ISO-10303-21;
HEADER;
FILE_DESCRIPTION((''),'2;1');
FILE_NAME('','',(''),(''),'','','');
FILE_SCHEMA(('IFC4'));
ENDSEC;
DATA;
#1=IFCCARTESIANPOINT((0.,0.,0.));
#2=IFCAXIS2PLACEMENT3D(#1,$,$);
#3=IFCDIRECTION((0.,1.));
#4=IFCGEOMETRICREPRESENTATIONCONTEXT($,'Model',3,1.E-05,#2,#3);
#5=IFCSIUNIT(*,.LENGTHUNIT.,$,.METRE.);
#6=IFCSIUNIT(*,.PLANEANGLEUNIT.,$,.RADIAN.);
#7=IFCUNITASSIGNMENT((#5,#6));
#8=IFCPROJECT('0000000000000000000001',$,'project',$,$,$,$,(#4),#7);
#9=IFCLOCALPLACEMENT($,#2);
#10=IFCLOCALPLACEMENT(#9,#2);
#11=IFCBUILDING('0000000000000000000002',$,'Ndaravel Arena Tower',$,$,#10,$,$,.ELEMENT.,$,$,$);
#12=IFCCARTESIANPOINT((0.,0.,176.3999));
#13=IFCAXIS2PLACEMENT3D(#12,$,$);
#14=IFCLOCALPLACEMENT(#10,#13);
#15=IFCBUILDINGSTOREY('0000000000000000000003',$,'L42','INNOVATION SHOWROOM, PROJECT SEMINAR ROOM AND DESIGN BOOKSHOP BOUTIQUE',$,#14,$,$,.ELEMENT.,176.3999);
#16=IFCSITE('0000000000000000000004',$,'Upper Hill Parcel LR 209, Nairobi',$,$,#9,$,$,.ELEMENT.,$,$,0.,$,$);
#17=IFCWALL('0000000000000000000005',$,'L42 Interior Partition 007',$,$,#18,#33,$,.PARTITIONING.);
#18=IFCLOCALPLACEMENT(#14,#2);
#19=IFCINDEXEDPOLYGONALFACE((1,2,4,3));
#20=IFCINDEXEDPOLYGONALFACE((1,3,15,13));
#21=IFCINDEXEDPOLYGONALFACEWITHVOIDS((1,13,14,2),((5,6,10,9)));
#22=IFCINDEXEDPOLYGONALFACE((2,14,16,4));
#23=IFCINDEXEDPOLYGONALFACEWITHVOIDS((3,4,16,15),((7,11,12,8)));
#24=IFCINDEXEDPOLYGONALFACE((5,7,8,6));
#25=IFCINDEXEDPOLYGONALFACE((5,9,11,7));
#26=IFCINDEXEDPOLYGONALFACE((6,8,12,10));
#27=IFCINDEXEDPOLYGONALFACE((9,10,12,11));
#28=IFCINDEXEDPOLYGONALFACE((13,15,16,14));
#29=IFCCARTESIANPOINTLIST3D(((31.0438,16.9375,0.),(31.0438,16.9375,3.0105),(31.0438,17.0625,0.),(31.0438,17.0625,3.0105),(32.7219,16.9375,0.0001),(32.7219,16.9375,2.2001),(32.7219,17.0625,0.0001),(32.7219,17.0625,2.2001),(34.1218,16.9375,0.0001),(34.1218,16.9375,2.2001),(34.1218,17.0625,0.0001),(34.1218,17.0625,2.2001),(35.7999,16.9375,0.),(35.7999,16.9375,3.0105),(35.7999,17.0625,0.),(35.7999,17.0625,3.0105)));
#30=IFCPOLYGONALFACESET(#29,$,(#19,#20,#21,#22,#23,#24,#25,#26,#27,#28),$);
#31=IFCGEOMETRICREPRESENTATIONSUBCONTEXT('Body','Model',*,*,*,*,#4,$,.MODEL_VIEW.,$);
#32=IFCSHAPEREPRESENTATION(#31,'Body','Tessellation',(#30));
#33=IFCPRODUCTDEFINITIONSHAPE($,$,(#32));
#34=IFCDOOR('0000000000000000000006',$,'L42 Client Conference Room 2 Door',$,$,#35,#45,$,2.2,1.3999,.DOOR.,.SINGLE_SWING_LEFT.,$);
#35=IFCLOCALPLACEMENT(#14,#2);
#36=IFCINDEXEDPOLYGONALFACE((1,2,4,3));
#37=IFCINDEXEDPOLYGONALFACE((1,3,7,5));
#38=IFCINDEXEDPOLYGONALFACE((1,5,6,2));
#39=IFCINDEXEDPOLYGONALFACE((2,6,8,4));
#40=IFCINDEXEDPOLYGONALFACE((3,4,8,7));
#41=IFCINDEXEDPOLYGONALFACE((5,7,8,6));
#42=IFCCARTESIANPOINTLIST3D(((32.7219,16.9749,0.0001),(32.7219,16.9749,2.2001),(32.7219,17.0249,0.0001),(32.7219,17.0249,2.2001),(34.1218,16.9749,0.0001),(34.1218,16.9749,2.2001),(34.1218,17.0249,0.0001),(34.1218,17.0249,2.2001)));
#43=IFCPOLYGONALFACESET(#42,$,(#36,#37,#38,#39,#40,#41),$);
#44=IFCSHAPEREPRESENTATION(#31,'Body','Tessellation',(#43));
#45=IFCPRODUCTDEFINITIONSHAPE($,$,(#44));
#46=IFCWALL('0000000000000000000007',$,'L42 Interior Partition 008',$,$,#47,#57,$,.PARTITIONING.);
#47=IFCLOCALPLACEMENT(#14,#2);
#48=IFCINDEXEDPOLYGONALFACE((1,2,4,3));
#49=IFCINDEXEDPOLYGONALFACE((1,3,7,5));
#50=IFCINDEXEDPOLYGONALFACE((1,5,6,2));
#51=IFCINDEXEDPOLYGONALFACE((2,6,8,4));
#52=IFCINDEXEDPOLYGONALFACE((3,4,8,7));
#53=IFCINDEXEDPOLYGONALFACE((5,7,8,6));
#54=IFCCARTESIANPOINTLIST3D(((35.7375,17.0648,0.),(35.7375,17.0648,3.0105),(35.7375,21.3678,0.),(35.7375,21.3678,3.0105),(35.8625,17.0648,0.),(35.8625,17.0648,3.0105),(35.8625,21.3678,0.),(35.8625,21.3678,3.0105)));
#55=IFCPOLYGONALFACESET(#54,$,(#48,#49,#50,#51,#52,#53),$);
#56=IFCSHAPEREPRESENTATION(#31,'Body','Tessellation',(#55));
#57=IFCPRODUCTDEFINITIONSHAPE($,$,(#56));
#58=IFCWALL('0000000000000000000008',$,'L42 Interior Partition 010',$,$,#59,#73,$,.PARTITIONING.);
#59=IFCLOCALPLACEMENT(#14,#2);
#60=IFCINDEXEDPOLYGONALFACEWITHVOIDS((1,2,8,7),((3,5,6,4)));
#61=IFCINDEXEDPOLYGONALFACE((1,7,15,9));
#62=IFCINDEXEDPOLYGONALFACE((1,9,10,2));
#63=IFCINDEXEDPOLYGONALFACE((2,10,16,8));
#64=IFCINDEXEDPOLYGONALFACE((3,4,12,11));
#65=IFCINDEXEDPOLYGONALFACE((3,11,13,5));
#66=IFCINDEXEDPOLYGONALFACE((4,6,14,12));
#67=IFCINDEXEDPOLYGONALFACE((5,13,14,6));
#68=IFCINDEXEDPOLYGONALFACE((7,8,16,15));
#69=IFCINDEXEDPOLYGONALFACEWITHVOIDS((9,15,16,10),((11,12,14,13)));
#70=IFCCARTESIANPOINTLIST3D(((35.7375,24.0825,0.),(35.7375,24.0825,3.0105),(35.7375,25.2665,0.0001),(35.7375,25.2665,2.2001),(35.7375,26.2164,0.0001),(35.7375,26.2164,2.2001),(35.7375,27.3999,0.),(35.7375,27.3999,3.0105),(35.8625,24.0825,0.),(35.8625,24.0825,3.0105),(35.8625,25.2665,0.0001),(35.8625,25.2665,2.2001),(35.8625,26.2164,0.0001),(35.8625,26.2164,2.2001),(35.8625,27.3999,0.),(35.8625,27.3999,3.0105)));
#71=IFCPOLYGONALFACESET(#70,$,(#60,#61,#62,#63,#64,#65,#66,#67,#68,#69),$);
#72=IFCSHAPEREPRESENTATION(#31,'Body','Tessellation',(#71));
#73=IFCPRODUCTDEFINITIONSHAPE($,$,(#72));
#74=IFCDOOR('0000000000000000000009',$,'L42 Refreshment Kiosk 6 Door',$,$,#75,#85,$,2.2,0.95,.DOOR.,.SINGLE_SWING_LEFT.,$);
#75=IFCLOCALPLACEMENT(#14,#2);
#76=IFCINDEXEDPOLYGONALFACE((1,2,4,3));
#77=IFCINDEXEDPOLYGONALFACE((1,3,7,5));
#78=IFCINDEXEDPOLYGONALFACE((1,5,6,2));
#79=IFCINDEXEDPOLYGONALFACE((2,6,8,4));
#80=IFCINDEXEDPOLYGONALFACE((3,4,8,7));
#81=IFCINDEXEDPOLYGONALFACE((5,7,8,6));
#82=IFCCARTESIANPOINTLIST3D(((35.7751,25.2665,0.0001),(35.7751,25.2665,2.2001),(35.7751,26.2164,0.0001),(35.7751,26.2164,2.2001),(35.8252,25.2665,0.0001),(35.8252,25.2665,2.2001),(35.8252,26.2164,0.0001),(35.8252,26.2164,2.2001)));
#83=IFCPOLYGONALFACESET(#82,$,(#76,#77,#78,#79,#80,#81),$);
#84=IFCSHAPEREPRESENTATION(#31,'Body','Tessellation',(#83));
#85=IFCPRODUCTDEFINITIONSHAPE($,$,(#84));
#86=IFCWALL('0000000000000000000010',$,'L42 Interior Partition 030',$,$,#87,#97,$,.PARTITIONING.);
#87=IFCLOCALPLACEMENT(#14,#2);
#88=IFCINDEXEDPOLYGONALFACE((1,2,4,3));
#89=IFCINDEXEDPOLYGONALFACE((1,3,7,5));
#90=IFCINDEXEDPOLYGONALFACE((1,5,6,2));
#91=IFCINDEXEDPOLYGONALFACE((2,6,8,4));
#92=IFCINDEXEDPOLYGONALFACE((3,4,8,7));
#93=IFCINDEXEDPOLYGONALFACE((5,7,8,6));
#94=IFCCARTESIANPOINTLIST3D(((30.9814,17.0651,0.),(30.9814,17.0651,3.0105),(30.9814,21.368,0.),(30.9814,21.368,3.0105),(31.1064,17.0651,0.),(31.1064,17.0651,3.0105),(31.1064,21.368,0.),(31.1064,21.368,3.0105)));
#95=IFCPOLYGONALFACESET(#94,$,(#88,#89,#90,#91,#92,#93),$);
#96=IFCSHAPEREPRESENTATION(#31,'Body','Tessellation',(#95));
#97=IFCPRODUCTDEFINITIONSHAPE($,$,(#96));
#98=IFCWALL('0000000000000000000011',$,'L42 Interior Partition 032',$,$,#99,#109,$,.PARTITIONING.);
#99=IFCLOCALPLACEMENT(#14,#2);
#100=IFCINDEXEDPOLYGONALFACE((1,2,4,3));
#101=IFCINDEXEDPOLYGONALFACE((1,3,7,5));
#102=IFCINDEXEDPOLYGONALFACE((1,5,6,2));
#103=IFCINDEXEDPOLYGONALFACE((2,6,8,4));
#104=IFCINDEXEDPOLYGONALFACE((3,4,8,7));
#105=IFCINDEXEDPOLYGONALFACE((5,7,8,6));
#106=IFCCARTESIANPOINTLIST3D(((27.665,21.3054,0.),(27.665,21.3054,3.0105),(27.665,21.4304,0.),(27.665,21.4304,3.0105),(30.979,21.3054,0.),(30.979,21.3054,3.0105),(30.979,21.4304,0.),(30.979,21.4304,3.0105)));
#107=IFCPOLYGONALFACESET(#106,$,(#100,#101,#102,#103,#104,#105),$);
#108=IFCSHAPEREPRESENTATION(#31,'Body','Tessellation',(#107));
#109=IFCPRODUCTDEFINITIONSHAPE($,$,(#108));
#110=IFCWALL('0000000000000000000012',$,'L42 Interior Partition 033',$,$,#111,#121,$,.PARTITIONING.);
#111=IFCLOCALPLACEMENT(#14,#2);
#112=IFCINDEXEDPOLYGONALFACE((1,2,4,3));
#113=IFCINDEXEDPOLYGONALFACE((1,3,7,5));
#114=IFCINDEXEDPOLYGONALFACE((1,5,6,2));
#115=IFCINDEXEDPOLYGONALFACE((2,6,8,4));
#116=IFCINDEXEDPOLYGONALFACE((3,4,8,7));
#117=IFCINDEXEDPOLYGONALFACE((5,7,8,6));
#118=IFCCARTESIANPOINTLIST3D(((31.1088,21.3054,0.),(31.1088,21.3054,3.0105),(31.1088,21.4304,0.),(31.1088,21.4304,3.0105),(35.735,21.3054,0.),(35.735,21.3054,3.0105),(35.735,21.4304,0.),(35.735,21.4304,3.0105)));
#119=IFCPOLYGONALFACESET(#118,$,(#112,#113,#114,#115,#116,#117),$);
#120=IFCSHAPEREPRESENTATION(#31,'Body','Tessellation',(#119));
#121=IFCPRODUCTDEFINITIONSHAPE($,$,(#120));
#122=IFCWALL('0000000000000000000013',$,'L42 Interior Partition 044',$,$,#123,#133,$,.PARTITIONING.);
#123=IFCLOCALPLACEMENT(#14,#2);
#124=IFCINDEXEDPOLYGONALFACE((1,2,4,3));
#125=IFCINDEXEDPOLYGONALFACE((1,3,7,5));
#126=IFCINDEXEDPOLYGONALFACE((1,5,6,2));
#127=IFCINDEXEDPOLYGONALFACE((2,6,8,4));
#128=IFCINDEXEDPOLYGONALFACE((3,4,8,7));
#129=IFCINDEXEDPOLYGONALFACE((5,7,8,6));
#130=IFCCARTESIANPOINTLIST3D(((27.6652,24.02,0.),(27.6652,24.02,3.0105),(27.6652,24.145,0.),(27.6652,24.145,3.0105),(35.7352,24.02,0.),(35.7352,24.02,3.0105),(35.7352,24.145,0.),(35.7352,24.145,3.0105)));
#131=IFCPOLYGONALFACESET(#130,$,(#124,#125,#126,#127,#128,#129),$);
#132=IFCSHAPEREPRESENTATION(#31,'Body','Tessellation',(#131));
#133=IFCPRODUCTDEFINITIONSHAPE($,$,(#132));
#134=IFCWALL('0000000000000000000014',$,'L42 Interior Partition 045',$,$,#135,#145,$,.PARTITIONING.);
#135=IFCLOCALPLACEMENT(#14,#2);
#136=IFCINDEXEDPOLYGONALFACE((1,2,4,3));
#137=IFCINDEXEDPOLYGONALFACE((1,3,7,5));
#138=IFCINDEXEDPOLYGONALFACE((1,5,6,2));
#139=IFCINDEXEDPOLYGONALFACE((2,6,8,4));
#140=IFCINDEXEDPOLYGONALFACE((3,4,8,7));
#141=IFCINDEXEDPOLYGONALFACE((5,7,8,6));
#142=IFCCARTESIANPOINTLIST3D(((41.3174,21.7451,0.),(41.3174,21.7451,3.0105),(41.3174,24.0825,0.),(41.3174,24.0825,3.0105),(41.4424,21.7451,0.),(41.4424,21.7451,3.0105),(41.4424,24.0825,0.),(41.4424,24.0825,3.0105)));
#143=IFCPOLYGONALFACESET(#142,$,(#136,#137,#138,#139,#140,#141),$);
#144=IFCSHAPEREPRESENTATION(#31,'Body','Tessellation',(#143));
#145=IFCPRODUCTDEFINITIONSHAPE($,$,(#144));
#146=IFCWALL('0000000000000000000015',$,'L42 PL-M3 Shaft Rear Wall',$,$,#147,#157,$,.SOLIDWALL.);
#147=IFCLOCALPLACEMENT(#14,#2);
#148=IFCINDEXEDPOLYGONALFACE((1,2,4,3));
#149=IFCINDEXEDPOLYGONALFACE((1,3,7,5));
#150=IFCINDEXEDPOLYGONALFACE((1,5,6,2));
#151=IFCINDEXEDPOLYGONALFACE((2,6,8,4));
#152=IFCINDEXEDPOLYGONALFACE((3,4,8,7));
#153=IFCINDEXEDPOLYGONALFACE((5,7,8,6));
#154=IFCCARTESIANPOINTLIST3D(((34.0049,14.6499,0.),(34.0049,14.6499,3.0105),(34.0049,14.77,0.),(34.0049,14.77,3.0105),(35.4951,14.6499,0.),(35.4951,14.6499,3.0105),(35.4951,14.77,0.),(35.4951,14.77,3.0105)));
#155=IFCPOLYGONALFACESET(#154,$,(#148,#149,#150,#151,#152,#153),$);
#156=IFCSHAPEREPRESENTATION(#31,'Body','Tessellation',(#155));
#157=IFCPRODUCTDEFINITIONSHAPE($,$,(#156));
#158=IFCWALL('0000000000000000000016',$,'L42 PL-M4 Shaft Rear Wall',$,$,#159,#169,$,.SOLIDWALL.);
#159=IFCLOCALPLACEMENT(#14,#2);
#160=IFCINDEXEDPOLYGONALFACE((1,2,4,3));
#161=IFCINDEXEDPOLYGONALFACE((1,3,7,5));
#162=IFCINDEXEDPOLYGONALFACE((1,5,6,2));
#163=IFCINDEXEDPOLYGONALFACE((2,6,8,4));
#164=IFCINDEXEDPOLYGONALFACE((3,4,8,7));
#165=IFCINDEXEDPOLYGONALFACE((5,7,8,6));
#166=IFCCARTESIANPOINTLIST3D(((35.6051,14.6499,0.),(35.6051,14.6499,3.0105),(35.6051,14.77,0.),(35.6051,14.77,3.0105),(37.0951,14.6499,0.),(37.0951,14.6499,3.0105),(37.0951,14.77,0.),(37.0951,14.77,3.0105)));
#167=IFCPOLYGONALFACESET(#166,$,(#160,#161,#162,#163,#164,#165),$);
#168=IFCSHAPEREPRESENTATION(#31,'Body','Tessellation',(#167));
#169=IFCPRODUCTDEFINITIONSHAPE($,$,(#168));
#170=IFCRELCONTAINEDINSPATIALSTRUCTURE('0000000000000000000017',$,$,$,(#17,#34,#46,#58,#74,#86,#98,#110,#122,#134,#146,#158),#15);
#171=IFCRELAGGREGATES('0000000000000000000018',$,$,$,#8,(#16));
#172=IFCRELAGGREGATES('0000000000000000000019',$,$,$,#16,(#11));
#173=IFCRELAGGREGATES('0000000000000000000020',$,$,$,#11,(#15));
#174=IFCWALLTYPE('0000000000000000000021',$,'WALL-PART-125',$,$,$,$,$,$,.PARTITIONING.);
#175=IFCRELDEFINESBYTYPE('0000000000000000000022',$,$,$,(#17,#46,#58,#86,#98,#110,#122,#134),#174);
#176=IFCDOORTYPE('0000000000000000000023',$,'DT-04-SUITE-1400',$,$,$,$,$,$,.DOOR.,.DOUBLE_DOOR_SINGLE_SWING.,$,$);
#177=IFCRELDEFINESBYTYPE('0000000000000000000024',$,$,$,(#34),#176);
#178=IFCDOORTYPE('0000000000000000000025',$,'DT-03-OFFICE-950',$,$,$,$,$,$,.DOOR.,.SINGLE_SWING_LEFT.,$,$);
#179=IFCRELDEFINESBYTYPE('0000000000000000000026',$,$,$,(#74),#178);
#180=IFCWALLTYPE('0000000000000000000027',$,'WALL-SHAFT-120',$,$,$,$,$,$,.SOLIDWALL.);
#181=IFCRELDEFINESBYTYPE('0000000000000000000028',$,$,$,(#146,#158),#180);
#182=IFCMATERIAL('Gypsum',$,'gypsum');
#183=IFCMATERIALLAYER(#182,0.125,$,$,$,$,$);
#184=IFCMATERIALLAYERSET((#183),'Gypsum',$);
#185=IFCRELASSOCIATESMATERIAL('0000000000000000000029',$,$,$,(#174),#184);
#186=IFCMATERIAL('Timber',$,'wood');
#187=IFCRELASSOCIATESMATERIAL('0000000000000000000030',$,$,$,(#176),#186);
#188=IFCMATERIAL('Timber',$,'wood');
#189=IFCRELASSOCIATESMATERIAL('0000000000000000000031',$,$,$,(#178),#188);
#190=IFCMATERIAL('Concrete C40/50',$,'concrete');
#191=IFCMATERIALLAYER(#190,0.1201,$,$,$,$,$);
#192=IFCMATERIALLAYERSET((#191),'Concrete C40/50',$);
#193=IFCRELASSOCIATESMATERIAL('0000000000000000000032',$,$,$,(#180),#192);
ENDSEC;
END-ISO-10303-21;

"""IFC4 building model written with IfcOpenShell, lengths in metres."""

from ifc_helpers import new_model, si_unit, direction, frame, frame_2d, origin, place, context, subcontext, project, spatial, rectangle, extrude, material, layer, layer_set, type_object, element, fill, save


model = new_model("IFC4")

# Units and contexts
model_context = context("Model", 3, precision=1e-05, world=origin(), true_north=direction((0.0, 1.0)))
body_context = subcontext(model_context, "Body", "Model", "MODEL_VIEW")
ifc_project = project(units=[si_unit("LENGTHUNIT", "METRE"), si_unit("PLANEANGLEUNIT", "RADIAN")], contexts=[model_context])

# Site, building, storey
site_placement = place(None, origin())
site = spatial("IfcSite", under=ifc_project, at=site_placement, Name="Upper Hill Parcel LR 209, Nairobi", CompositionType="ELEMENT", RefElevation=0.0)
building_placement = place(site_placement, origin())
building = spatial("IfcBuilding", under=site, at=building_placement, Name="Ndaravel Arena Tower", CompositionType="ELEMENT")
storey_placement = place(building_placement, frame((0.0, 0.0, 176.3999)))
storey = spatial("IfcBuildingStorey", under=building, at=storey_placement, Name="L42", Description="INNOVATION SHOWROOM, PROJECT SEMINAR ROOM AND DESIGN BOOKSHOP BOUTIQUE", CompositionType="ELEMENT", Elevation=176.3999)

# Wall, opening, door
ifc_material_1 = material(Name="Gypsum", Category="gypsum")
ifc_layer_1 = layer(ifc_material_1, 0.125)
ifc_layer_set_1 = layer_set([ifc_layer_1], Name="Gypsum")
wall_type_1 = type_object("IfcWallType", Name="WALL-PART-125", PredefinedType="PARTITIONING", material=ifc_layer_set_1)
wall_1_placement = place(storey_placement, frame((31.0439, 17.0, 0.0), z_axis=(0.0, 0.0, 1.0), x_axis=(1.0, 0.0, 0.0)))
wall_1 = element("IfcWall", 1, at=wall_1_placement, inside=storey, type_object=wall_type_1, Name="L42 Interior Partition 007", PredefinedType="PARTITIONING", context=body_context, shape_type="SweptSolid", body=[
    extrude(rectangle(XDim=4.7561, YDim=0.125, at=frame_2d((2.3779, 0.0))), origin(), (0.0, 0.0, 1.0), 3.0105),
])
opening_1_placement = place(wall_1_placement, frame((1.678, 0.0, 0.0)))
opening_1 = element("IfcOpeningElement", 2, at=opening_1_placement, cuts=wall_1, PredefinedType="OPENING", context=body_context, shape_type="SweptSolid", body=[
    extrude(rectangle(XDim=1.3999, YDim=2.2, at=frame_2d((0.7, 1.1001))), frame((0.0, 0.0625, 0.0), z_axis=(0.0, -1.0, 0.0), x_axis=(1.0, 0.0, 0.0)), (0.0, 0.0, 1.0), 0.125),
])
ifc_material_2 = material(Name="Timber", Category="wood")
door_type_1 = type_object("IfcDoorType", Name="DT-04-SUITE-1400", OperationType="DOUBLE_DOOR_SINGLE_SWING", PredefinedType="DOOR", material=ifc_material_2)
door_1_placement = place(opening_1_placement, origin())
door_1 = element("IfcDoor", 3, at=door_1_placement, inside=storey, type_object=door_type_1, Name="L42 Client Conference Room 2 Door", OperationType="SINGLE_SWING_LEFT", OverallHeight=2.2, OverallWidth=1.3999, PredefinedType="DOOR", context=body_context, shape_type="SweptSolid", body=[
    extrude(rectangle(XDim=1.3999, YDim=2.2, at=frame_2d((0.7, 1.1001))), frame((0.0, 0.0249, 0.0), z_axis=(0.0, -1.0, 0.0), x_axis=(1.0, 0.0, 0.0)), (0.0, 0.0, 1.0), 0.05),
])
fill(opening_1, door_1)

# Wall
wall_2_placement = place(storey_placement, frame((35.8, 17.0649, 0.0), z_axis=(0.0, 0.0, 1.0), x_axis=(0.0, 1.0, 0.0)))
element("IfcWall", 4, at=wall_2_placement, inside=storey, type_object=wall_type_1, Name="L42 Interior Partition 008", PredefinedType="PARTITIONING", context=body_context, shape_type="SweptSolid", body=[
    extrude(rectangle(XDim=4.303, YDim=0.125, at=frame_2d((2.1514, 0.0))), origin(), (0.0, 0.0, 1.0), 3.0105),
])

# Wall, opening, door
wall_3_placement = place(storey_placement, frame((35.8, 24.0825, 0.0), z_axis=(0.0, 0.0, 1.0), x_axis=(0.0, 1.0, 0.0)))
wall_3 = element("IfcWall", 5, at=wall_3_placement, inside=storey, type_object=wall_type_1, Name="L42 Interior Partition 010", PredefinedType="PARTITIONING", context=body_context, shape_type="SweptSolid", body=[
    extrude(rectangle(XDim=3.3174, YDim=0.125, at=frame_2d((1.6587, 0.0))), origin(), (0.0, 0.0, 1.0), 3.0105),
])
opening_2_placement = place(wall_3_placement, frame((1.1838, 0.0, 0.0)))
opening_2 = element("IfcOpeningElement", 6, at=opening_2_placement, cuts=wall_3, PredefinedType="OPENING", context=body_context, shape_type="SweptSolid", body=[
    extrude(rectangle(XDim=0.95, YDim=2.2, at=frame_2d((0.4751, 1.1001))), frame((0.0, 0.0625, 0.0), z_axis=(0.0, -1.0, 0.0), x_axis=(1.0, 0.0, 0.0)), (0.0, 0.0, 1.0), 0.125),
])
ifc_material_3 = material(Name="Timber", Category="wood")
door_type_2 = type_object("IfcDoorType", Name="DT-03-OFFICE-950", OperationType="SINGLE_SWING_LEFT", PredefinedType="DOOR", material=ifc_material_3)
door_2_placement = place(opening_2_placement, origin())
door_2 = element("IfcDoor", 7, at=door_2_placement, inside=storey, type_object=door_type_2, Name="L42 Refreshment Kiosk 6 Door", OperationType="SINGLE_SWING_LEFT", OverallHeight=2.2, OverallWidth=0.95, PredefinedType="DOOR", context=body_context, shape_type="SweptSolid", body=[
    extrude(rectangle(XDim=0.95, YDim=2.2, at=frame_2d((0.4751, 1.1001))), frame((0.0, 0.0249, 0.0), z_axis=(0.0, -1.0, 0.0), x_axis=(1.0, 0.0, 0.0)), (0.0, 0.0, 1.0), 0.05),
])
fill(opening_2, door_2)

# Walls
wall_4_placement = place(storey_placement, frame((31.0439, 21.3679, 0.0), z_axis=(0.0, 0.0, 1.0), x_axis=(0.0, -1.0, 0.0)))
element("IfcWall", 8, at=wall_4_placement, inside=storey, type_object=wall_type_1, Name="L42 Interior Partition 030", PredefinedType="PARTITIONING", context=body_context, shape_type="SweptSolid", body=[
    extrude(rectangle(XDim=4.303, YDim=0.125, at=frame_2d((2.1514, 0.0))), origin(), (0.0, 0.0, 1.0), 3.0105),
])
wall_5_placement = place(storey_placement, frame((27.665, 21.3679, 0.0), z_axis=(0.0, 0.0, 1.0), x_axis=(1.0, 0.0, 0.0)))
element("IfcWall", 9, at=wall_5_placement, inside=storey, type_object=wall_type_1, Name="L42 Interior Partition 032", PredefinedType="PARTITIONING", context=body_context, shape_type="SweptSolid", body=[
    extrude(rectangle(XDim=3.314, YDim=0.125, at=frame_2d((1.657, 0.0))), origin(), (0.0, 0.0, 1.0), 3.0105),
])
wall_6_placement = place(storey_placement, frame((31.1089, 21.3679, 0.0), z_axis=(0.0, 0.0, 1.0), x_axis=(1.0, 0.0, 0.0)))
element("IfcWall", 10, at=wall_6_placement, inside=storey, type_object=wall_type_1, Name="L42 Interior Partition 033", PredefinedType="PARTITIONING", context=body_context, shape_type="SweptSolid", body=[
    extrude(rectangle(XDim=4.6262, YDim=0.125, at=frame_2d((2.313, 0.0))), origin(), (0.0, 0.0, 1.0), 3.0105),
])
wall_7_placement = place(storey_placement, frame((27.665, 24.0825, 0.0), z_axis=(0.0, 0.0, 1.0), x_axis=(1.0, 0.0, 0.0)))
element("IfcWall", 11, at=wall_7_placement, inside=storey, type_object=wall_type_1, Name="L42 Interior Partition 044", PredefinedType="PARTITIONING", context=body_context, shape_type="SweptSolid", body=[
    extrude(rectangle(XDim=8.0701, YDim=0.125, at=frame_2d((4.0352, 0.0))), origin(), (0.0, 0.0, 1.0), 3.0105),
])
wall_8_placement = place(storey_placement, frame((41.3799, 21.7451, 0.0), z_axis=(0.0, 0.0, 1.0), x_axis=(0.0, 1.0, 0.0)))
element("IfcWall", 12, at=wall_8_placement, inside=storey, type_object=wall_type_1, Name="L42 Interior Partition 045", PredefinedType="PARTITIONING", context=body_context, shape_type="SweptSolid", body=[
    extrude(rectangle(XDim=2.3374, YDim=0.125, at=frame_2d((1.1687, 0.0))), origin(), (0.0, 0.0, 1.0), 3.0105),
])
ifc_material_4 = material(Name="Concrete C40/50", Category="concrete")
ifc_layer_2 = layer(ifc_material_4, 0.1201)
ifc_layer_set_2 = layer_set([ifc_layer_2], Name="Concrete C40/50")
wall_type_2 = type_object("IfcWallType", Name="WALL-SHAFT-120", PredefinedType="SOLIDWALL", material=ifc_layer_set_2)
wall_9_placement = place(storey_placement, frame((34.0049, 14.71, 0.0), z_axis=(0.0, 0.0, 1.0), x_axis=(1.0, 0.0, 0.0)))
element("IfcWall", 13, at=wall_9_placement, inside=storey, type_object=wall_type_2, Name="L42 PL-M3 Shaft Rear Wall", PredefinedType="SOLIDWALL", context=body_context, shape_type="SweptSolid", body=[
    extrude(rectangle(XDim=1.4902, YDim=0.1201, at=frame_2d((0.7451, 0.0))), origin(), (0.0, 0.0, 1.0), 3.0105),
])
wall_10_placement = place(storey_placement, frame((35.605, 14.71, 0.0), z_axis=(0.0, 0.0, 1.0), x_axis=(1.0, 0.0, 0.0)))
element("IfcWall", 14, at=wall_10_placement, inside=storey, type_object=wall_type_2, Name="L42 PL-M4 Shaft Rear Wall", PredefinedType="SOLIDWALL", context=body_context, shape_type="SweptSolid", body=[
    extrude(rectangle(XDim=1.49, YDim=0.1201, at=frame_2d((0.7451, 0.0))), origin(), (0.0, 0.0, 1.0), 3.0105),
])

save(model, "model.ifc")
